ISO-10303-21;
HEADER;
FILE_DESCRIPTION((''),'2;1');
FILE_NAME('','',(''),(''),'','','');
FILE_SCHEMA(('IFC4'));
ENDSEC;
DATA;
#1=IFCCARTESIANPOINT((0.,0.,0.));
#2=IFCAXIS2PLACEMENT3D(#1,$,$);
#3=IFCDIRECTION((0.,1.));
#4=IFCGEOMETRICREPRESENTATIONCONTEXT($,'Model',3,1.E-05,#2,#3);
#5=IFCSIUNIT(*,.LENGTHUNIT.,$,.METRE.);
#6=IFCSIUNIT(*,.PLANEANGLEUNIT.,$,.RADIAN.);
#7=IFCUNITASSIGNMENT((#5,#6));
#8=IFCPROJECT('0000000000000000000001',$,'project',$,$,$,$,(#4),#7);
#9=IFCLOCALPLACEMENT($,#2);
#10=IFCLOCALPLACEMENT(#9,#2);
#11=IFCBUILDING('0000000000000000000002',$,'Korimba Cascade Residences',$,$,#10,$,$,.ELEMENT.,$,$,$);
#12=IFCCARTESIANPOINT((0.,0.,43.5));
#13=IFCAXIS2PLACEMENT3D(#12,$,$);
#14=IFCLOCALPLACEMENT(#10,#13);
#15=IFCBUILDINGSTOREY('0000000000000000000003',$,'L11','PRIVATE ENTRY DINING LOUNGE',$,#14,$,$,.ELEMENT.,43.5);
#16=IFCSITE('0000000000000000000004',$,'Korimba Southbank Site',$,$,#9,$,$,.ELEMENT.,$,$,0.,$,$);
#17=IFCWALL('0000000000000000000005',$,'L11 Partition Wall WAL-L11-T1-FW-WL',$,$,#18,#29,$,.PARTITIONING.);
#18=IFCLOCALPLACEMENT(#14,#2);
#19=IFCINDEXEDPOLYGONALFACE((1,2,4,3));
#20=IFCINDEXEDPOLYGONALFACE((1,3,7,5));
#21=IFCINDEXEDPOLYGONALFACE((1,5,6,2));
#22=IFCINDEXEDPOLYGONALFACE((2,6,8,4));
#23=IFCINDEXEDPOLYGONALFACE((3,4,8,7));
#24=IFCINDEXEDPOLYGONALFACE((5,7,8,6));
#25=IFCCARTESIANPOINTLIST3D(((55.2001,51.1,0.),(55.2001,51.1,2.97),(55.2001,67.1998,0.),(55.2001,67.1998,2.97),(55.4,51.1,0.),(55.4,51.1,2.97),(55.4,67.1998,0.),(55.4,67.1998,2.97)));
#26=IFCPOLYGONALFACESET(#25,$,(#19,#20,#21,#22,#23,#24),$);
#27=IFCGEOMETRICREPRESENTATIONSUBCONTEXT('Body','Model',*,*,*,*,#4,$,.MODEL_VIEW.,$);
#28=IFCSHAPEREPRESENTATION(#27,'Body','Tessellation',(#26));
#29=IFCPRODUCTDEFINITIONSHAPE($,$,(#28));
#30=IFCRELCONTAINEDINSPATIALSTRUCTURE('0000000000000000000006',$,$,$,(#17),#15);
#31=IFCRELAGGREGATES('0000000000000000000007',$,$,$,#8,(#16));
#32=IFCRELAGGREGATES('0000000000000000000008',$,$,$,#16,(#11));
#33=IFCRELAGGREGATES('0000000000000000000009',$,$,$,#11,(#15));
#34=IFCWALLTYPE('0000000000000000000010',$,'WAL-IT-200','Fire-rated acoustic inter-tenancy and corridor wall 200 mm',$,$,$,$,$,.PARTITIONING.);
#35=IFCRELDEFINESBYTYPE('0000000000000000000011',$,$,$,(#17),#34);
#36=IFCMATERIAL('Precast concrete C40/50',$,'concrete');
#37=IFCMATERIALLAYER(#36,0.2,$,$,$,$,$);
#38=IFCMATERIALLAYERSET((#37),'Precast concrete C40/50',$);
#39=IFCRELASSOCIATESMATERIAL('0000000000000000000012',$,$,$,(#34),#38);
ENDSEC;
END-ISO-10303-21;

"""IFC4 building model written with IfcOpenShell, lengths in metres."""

from ifc_helpers import new_model, si_unit, direction, frame, frame_2d, origin, place, context, subcontext, project, spatial, rectangle, extrude, material, layer, layer_set, type_object, element, save


model = new_model("IFC4")

# Units and contexts
model_context = context("Model", 3, precision=1e-05, world=origin(), true_north=direction((0.0, 1.0)))
body_context = subcontext(model_context, "Body", "Model", "MODEL_VIEW")
ifc_project = project(units=[si_unit("LENGTHUNIT", "METRE"), si_unit("PLANEANGLEUNIT", "RADIAN")], contexts=[model_context])

# Site, building, storey
site_placement = place(None, origin())
site = spatial("IfcSite", under=ifc_project, at=site_placement, Name="Korimba Southbank Site", CompositionType="ELEMENT", RefElevation=0.0)
building_placement = place(site_placement, origin())
building = spatial("IfcBuilding", under=site, at=building_placement, Name="Korimba Cascade Residences", CompositionType="ELEMENT")
storey_placement = place(building_placement, frame((0.0, 0.0, 43.5)))
storey = spatial("IfcBuildingStorey", under=building, at=storey_placement, Name="L11", Description="PRIVATE ENTRY DINING LOUNGE", CompositionType="ELEMENT", Elevation=43.5)

# Shared definitions
ifc_material_1 = material(Name="Precast concrete C40/50", Category="concrete")

# Wall
ifc_layer_1 = layer(ifc_material_1, 0.2)
ifc_layer_set_1 = layer_set([ifc_layer_1], Name="Precast concrete C40/50")
wall_type_1 = type_object("IfcWallType", Name="WAL-IT-200", Description="Fire-rated acoustic inter-tenancy and corridor wall 200 mm", PredefinedType="PARTITIONING", material=ifc_layer_set_1)
wall_1_placement = place(storey_placement, frame((55.3, 51.1001, 0.0), z_axis=(0.0, 0.0, 1.0), x_axis=(0.0, 1.0, 0.0)))
element("IfcWall", 1, at=wall_1_placement, inside=storey, type_object=wall_type_1, Name="L11 Partition Wall WAL-L11-T1-FW-WL", PredefinedType="PARTITIONING", context=body_context, shape_type="SweptSolid", body=[
    extrude(rectangle(XDim=16.0999, YDim=0.2, at=frame_2d((8.0498, 0.0))), origin(), (0.0, 0.0, 1.0), 2.97),
])

save(model, "model.ifc")
